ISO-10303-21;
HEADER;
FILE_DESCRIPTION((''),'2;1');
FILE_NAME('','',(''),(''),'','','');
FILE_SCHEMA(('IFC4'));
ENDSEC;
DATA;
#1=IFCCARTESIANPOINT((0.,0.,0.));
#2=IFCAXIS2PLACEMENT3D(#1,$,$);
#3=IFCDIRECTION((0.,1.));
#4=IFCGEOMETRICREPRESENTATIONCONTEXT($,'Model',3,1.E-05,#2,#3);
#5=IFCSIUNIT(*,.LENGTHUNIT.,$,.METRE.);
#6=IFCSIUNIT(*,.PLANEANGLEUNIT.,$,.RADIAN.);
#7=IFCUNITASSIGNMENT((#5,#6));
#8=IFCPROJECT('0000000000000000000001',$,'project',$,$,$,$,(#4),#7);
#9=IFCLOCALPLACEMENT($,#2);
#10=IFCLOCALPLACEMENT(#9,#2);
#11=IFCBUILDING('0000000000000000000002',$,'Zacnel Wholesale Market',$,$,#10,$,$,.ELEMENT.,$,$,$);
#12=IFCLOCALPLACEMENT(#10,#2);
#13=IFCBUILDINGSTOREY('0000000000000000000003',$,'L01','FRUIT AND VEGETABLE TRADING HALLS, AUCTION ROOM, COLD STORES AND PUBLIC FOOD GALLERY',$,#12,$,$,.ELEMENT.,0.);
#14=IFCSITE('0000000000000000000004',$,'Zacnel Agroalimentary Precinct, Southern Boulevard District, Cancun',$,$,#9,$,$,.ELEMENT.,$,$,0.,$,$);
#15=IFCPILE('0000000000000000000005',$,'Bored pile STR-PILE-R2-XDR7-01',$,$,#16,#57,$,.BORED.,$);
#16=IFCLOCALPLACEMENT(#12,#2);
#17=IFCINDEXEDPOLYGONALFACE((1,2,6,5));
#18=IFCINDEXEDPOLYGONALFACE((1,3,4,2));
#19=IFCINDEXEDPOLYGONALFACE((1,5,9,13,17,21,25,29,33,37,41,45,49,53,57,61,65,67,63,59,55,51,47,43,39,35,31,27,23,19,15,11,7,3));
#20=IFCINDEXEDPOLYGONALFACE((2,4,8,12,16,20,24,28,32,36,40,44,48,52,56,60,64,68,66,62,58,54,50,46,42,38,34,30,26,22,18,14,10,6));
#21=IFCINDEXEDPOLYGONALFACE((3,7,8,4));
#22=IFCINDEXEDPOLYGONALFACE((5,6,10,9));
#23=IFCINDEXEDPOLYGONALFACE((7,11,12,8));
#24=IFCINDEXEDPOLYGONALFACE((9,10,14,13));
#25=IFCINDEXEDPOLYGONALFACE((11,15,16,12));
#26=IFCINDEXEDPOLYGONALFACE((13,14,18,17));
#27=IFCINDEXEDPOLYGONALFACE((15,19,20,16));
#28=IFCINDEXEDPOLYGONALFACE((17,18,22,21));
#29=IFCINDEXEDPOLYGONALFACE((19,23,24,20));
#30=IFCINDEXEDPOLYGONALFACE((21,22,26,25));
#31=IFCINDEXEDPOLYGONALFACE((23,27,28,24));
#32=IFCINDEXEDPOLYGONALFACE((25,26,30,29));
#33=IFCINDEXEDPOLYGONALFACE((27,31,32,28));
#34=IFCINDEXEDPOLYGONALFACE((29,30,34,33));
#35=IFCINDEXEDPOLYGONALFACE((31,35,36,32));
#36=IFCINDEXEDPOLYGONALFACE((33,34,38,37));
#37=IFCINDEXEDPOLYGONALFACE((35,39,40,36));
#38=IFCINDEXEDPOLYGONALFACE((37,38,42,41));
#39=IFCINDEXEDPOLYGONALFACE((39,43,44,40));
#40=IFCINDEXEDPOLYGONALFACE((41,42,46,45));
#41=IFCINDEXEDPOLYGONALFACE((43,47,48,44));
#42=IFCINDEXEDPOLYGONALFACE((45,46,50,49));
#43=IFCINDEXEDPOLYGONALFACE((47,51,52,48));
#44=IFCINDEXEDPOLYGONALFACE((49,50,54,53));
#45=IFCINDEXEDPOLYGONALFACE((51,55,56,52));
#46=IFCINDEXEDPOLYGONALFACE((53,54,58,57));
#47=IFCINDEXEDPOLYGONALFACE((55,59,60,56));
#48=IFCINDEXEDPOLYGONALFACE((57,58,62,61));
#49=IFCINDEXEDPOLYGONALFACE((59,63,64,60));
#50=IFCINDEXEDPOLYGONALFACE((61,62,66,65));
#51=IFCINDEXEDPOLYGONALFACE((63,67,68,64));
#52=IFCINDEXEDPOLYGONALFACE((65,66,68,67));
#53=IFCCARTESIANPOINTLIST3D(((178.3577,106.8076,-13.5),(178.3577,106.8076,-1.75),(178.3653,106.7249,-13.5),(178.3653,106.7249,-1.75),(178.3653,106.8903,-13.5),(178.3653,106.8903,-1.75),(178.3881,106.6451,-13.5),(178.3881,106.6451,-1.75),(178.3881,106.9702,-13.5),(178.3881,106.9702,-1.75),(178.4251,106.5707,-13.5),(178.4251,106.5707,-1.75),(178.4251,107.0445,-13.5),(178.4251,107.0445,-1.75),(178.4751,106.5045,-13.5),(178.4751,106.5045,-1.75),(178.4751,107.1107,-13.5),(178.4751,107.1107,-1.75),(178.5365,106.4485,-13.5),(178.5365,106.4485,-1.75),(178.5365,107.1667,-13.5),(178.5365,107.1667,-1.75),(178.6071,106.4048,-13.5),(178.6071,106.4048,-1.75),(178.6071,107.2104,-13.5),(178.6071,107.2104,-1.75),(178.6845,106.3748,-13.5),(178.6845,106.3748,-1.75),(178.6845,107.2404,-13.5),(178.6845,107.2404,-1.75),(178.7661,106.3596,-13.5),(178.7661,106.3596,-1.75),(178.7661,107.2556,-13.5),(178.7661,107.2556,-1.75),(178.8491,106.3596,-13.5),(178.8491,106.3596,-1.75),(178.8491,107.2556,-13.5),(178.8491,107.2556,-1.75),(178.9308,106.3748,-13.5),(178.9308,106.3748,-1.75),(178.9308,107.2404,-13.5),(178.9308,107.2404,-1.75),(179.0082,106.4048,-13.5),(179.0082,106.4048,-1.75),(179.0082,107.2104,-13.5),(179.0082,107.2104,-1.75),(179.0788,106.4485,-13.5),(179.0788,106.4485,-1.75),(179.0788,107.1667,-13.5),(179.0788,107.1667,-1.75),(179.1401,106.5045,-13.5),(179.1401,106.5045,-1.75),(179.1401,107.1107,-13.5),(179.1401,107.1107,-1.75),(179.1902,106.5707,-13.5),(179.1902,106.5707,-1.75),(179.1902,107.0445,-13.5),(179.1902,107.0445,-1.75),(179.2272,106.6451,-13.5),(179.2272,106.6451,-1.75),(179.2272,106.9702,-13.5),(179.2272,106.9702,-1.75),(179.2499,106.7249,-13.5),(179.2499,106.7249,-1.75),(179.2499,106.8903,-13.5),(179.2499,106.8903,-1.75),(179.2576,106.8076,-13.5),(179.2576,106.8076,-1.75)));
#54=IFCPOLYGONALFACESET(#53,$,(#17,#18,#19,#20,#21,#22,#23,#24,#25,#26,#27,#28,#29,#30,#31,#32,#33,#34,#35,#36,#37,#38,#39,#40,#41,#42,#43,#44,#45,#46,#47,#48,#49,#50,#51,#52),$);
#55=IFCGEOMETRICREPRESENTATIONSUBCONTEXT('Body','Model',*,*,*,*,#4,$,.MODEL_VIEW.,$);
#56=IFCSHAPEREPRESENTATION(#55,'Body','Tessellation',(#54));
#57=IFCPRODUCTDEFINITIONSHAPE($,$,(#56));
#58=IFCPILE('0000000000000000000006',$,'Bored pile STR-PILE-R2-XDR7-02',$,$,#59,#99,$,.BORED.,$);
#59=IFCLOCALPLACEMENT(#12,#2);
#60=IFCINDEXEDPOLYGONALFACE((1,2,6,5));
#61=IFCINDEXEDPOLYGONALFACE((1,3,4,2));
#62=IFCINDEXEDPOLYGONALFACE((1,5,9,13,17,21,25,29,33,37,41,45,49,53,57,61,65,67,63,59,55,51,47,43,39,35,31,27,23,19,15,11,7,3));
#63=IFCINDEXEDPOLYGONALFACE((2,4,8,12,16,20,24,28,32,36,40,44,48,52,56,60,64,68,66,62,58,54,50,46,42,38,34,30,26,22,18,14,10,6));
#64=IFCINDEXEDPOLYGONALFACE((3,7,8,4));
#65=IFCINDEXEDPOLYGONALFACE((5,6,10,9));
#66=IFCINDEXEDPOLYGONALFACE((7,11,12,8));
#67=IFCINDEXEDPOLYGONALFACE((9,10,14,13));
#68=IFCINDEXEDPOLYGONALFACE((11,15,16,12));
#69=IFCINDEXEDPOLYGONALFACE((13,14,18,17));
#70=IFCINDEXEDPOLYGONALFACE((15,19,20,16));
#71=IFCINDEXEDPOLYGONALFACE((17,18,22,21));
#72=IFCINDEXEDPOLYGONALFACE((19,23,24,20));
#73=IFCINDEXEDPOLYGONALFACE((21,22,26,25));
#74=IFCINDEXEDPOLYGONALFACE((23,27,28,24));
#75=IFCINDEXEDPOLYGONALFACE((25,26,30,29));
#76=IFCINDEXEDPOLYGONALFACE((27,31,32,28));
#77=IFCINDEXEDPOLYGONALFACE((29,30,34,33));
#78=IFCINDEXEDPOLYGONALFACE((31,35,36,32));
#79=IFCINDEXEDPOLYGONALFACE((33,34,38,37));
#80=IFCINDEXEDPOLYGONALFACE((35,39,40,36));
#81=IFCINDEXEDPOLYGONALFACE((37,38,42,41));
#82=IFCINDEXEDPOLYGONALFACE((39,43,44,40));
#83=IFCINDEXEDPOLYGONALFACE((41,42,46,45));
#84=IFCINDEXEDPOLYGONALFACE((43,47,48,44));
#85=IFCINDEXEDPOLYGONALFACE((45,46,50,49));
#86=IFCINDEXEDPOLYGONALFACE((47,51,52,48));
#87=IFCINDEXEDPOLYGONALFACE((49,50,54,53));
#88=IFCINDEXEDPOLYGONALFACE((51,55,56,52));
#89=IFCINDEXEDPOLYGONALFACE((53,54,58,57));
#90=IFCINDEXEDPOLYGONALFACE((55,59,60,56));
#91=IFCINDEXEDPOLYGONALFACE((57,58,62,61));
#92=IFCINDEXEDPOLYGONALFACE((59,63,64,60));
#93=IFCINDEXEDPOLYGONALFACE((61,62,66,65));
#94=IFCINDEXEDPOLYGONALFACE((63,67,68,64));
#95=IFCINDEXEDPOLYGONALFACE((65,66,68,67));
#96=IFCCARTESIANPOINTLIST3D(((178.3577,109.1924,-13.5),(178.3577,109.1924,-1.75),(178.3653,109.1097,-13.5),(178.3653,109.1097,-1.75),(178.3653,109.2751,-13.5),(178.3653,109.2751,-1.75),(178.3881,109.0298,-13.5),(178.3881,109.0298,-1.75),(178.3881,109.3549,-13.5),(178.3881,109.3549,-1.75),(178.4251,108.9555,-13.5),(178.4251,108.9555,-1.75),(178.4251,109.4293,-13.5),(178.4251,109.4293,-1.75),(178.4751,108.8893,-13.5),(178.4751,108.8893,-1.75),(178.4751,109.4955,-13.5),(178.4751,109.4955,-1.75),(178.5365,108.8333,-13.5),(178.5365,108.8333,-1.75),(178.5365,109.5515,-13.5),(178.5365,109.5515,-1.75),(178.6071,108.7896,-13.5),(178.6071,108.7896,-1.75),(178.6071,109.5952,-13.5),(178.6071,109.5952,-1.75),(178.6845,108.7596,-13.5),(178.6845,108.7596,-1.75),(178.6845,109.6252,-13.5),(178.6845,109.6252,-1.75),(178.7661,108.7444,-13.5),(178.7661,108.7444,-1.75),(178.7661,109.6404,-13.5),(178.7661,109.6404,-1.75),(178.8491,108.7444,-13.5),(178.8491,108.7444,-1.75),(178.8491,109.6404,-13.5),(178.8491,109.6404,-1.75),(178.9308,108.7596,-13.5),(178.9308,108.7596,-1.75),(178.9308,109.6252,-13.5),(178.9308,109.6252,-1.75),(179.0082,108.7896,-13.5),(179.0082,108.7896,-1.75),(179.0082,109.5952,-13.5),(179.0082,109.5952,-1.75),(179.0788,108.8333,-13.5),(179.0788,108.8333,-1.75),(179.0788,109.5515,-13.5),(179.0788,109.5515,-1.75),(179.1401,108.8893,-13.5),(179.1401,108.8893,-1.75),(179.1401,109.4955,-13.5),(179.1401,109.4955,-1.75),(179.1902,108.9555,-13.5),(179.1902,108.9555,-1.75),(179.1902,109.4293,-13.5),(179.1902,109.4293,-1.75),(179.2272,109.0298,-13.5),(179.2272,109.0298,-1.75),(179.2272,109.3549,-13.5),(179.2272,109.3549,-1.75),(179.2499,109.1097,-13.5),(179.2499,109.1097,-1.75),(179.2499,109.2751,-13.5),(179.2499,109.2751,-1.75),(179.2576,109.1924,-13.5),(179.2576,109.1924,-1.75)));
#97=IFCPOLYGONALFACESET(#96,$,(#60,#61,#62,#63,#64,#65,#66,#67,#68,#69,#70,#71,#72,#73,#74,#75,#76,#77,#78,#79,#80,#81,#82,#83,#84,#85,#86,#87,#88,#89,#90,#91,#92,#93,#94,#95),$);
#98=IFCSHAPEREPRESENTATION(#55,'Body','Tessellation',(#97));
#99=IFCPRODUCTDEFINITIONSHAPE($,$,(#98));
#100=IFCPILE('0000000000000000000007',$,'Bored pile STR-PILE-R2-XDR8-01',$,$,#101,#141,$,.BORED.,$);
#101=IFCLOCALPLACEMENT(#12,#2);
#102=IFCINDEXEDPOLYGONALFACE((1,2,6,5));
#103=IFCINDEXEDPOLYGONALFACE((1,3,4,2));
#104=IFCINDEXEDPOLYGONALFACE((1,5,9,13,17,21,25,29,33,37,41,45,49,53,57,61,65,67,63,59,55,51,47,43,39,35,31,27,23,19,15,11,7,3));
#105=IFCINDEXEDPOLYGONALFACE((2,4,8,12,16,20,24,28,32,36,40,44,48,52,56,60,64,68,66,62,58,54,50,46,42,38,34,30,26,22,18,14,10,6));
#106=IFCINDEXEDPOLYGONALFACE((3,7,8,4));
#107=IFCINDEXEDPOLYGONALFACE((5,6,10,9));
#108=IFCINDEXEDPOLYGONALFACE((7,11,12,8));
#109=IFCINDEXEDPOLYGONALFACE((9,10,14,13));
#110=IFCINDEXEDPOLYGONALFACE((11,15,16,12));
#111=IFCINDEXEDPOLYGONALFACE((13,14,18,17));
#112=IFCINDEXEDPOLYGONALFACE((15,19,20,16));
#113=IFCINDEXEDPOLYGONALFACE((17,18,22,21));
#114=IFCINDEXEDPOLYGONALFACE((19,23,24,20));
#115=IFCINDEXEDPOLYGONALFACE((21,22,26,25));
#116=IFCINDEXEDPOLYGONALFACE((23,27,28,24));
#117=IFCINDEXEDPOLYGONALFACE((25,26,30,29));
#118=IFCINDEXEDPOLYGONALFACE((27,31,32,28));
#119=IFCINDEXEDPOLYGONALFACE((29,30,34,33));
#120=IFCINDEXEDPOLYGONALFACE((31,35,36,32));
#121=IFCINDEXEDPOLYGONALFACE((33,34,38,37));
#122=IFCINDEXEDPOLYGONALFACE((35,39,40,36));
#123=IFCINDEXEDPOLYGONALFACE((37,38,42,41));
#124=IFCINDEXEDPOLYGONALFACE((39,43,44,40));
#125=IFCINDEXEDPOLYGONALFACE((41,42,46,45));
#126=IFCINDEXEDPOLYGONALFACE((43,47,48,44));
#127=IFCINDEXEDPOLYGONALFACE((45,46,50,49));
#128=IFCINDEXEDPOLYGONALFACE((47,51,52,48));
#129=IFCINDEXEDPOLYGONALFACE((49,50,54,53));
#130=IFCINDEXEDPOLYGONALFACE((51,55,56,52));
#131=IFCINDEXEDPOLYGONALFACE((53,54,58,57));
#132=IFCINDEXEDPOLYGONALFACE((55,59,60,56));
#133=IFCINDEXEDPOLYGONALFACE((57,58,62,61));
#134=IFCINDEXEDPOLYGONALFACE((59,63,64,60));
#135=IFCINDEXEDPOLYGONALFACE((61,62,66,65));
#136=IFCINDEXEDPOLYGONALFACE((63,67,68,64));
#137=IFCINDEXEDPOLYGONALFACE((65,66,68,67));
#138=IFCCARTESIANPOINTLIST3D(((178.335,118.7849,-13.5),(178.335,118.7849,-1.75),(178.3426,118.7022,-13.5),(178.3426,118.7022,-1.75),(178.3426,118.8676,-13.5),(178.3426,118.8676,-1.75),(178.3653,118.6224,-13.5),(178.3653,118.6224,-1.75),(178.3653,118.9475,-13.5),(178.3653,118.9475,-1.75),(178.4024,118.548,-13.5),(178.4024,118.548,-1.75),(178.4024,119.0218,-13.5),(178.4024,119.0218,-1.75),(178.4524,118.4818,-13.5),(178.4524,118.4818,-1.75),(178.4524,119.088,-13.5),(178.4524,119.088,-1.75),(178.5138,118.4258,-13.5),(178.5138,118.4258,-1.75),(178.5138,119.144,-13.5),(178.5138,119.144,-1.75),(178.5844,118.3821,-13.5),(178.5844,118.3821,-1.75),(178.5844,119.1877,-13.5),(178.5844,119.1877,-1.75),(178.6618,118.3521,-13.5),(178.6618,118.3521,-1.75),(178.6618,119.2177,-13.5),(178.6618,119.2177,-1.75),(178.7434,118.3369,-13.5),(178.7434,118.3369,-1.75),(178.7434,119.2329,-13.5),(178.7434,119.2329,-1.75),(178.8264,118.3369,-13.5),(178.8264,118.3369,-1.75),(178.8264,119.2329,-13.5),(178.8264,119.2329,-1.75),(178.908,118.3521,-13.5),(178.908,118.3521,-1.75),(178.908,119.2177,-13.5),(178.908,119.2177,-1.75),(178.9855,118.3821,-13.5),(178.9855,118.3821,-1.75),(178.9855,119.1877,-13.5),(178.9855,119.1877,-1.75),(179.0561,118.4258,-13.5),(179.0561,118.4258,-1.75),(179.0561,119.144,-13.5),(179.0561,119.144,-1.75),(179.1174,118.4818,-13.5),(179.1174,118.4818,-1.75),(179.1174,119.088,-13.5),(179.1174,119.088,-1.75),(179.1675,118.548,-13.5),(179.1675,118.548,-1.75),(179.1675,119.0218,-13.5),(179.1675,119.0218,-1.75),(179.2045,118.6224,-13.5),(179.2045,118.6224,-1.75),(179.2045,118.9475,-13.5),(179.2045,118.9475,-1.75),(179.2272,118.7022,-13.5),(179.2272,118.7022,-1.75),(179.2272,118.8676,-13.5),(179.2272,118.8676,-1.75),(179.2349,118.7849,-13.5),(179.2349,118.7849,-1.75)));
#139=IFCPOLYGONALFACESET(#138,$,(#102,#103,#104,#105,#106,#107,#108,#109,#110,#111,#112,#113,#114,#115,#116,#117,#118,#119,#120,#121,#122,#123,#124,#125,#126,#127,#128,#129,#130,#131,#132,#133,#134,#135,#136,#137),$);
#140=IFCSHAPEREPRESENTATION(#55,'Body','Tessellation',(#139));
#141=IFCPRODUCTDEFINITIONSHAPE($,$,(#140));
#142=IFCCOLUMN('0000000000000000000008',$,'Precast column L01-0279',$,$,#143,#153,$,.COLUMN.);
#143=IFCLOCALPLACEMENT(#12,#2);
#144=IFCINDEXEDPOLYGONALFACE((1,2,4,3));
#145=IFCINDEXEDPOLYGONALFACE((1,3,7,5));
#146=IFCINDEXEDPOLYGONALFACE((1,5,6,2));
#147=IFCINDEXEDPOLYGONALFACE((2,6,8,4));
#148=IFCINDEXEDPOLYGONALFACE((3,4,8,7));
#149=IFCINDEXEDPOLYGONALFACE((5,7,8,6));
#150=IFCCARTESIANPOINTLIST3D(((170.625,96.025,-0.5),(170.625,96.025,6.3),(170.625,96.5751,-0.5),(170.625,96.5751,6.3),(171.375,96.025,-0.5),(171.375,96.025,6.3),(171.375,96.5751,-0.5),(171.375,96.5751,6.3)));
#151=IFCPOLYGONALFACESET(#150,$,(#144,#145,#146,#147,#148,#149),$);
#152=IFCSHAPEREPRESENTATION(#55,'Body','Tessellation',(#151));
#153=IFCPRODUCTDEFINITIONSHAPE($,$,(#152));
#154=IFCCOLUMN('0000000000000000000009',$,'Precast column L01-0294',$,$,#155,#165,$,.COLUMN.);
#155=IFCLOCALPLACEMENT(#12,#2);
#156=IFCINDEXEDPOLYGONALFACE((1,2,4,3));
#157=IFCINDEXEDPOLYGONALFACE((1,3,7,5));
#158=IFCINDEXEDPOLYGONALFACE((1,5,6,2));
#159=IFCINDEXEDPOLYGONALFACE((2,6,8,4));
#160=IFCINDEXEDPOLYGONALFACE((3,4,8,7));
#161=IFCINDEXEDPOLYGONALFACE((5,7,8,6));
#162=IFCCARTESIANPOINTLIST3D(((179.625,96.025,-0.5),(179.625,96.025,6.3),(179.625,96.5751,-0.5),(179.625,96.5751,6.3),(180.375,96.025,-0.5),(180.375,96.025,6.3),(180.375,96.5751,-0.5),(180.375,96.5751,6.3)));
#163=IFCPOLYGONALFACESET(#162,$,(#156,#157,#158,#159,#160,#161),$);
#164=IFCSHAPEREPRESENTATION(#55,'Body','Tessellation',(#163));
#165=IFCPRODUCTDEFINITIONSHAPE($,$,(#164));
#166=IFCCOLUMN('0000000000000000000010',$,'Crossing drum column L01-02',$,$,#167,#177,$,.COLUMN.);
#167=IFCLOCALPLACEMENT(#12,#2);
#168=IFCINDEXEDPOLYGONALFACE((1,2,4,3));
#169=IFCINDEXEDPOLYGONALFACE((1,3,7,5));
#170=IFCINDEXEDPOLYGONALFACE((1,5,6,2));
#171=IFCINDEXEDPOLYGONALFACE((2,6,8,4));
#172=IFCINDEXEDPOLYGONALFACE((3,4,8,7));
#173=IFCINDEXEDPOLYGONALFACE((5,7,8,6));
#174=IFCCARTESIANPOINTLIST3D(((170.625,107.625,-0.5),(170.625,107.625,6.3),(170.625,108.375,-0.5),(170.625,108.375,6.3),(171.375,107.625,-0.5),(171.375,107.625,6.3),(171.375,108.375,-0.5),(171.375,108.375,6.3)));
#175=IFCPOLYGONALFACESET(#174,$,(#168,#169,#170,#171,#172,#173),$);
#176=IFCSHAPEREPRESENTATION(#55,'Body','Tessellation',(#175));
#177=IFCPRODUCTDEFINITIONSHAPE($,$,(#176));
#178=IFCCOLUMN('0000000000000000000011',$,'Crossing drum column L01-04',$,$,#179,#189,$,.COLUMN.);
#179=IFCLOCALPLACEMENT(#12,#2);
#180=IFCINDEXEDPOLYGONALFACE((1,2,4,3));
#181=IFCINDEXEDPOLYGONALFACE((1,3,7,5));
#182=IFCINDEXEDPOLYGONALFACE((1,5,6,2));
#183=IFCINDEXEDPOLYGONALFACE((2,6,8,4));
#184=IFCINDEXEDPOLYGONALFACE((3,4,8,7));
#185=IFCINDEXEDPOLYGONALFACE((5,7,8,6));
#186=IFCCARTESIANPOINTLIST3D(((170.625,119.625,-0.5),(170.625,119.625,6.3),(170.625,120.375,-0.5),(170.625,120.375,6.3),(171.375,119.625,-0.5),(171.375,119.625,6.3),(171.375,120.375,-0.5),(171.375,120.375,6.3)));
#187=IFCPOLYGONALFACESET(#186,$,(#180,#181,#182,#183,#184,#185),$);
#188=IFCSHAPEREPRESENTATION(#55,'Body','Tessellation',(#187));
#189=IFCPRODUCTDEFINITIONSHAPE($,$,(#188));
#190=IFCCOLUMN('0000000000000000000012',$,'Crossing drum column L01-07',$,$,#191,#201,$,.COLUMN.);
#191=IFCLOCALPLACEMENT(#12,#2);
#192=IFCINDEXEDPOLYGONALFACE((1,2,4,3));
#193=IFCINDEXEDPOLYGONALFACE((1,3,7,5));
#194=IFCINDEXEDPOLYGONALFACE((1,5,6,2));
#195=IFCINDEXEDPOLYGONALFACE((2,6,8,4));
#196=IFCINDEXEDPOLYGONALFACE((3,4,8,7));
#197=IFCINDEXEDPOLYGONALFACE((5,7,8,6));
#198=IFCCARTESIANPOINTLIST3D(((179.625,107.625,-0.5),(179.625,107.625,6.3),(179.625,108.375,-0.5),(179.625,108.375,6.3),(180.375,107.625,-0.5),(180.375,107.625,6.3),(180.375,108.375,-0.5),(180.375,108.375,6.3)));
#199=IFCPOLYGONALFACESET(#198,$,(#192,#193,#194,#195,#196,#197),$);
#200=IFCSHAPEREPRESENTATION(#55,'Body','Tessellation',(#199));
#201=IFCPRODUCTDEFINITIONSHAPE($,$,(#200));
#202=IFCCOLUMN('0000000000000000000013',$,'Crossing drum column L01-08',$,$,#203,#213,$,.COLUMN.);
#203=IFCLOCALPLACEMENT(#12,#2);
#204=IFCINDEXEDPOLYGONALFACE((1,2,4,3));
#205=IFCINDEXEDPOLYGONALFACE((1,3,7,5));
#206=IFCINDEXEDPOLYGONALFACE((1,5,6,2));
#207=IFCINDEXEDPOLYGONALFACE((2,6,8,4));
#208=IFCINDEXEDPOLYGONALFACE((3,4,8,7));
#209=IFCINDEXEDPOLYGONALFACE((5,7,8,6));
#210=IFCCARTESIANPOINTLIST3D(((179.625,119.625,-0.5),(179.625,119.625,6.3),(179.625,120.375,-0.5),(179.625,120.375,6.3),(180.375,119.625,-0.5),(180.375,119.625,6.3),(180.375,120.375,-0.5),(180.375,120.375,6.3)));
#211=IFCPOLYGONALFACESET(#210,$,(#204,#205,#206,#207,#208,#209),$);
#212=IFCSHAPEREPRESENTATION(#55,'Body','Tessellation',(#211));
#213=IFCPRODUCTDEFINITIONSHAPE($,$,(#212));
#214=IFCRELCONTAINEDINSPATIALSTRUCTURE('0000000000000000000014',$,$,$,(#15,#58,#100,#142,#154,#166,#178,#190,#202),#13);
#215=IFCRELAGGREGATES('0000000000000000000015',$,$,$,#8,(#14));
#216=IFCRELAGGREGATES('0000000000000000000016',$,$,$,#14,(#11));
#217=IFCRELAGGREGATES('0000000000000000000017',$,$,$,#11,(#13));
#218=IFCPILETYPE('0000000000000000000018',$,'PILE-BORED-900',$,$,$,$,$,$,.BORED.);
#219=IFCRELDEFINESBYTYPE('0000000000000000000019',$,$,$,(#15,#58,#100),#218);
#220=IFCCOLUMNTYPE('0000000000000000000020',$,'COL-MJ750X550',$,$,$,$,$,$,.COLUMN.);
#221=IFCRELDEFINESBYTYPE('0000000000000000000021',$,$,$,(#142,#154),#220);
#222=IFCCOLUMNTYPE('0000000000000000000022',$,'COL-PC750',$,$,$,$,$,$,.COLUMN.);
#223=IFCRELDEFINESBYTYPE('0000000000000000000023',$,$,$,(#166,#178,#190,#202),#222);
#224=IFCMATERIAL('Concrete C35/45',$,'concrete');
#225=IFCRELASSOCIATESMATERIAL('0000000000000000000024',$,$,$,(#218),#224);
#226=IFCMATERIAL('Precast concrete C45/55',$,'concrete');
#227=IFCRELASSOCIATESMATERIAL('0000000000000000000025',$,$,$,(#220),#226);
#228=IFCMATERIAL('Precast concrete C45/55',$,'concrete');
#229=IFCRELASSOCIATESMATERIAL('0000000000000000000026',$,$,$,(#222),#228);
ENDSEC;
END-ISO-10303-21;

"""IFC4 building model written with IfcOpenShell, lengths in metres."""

from ifc_helpers import new_model, si_unit, direction, frame, origin, origin_2d, place, context, subcontext, project, spatial, rectangle, circle, extrude, material, material_profile, profile_set, type_object, element, save


model = new_model("IFC4")

# Units and contexts
model_context = context("Model", 3, precision=1e-05, world=origin(), true_north=direction((0.0, 1.0)))
body_context = subcontext(model_context, "Body", "Model", "MODEL_VIEW")
ifc_project = project(units=[si_unit("LENGTHUNIT", "METRE"), si_unit("PLANEANGLEUNIT", "RADIAN")], contexts=[model_context])

# Site, building, storey
site_placement = place(None, origin())
site = spatial("IfcSite", under=ifc_project, at=site_placement, Name="Zacnel Agroalimentary Precinct, Southern Boulevard District, Cancun", CompositionType="ELEMENT", RefElevation=0.0)
building_placement = place(site_placement, origin())
building = spatial("IfcBuilding", under=site, at=building_placement, Name="Zacnel Wholesale Market", CompositionType="ELEMENT")
storey_placement = place(building_placement, origin())
storey = spatial("IfcBuildingStorey", under=building, at=storey_placement, Name="L01", Description="FRUIT AND VEGETABLE TRADING HALLS, AUCTION ROOM, COLD STORES AND PUBLIC FOOD GALLERY", CompositionType="ELEMENT", Elevation=0.0)

# Piles
ifc_material_1 = material(Name="Concrete C35/45", Category="concrete")
ifc_material_profile_1 = material_profile(ifc_material_1, circle(Radius=0.45, at=origin_2d()), Name="BORED PILE D900")
ifc_profile_set_1 = profile_set([ifc_material_profile_1], Name="Concrete C35/45")
pile_type_1 = type_object("IfcPileType", Name="PILE-BORED-900", PredefinedType="BORED", material=ifc_profile_set_1)
for number, where, z_axis, x_axis, name in (
    (1, (178.8076, 106.8076, -1.75), (0.0, 0.0, -1.0), (1.0, 0.0, 0.0), "Bored pile STR-PILE-R2-XDR7-01"),
    (2, (178.8076, 109.1924, -1.75), (0.0, 0.0, -1.0), (1.0, 0.0, 0.0), "Bored pile STR-PILE-R2-XDR7-02"),
    (3, (178.7849, 118.7849, -1.75), (0.0, 0.0, -1.0), (1.0, 0.0, 0.0), "Bored pile STR-PILE-R2-XDR8-01"),
):
    element("IfcPile", number, at=place(storey_placement, frame(where, z_axis=z_axis, x_axis=x_axis)), inside=storey, type_object=pile_type_1, Name=name, PredefinedType="BORED", context=body_context, shape_type="SweptSolid", body=[
        extrude(circle(Radius=0.45, at=origin_2d()), origin(), (0.0, 0.0, 1.0), 11.75),
    ])

# Columns
ifc_material_2 = material(Name="Precast concrete C45/55", Category="concrete")
ifc_material_profile_2 = material_profile(ifc_material_2, rectangle(XDim=0.75, YDim=0.55, at=origin_2d()), Name="PC 750x550")
ifc_profile_set_2 = profile_set([ifc_material_profile_2], Name="Precast concrete C45/55")
column_type_1 = type_object("IfcColumnType", Name="COL-MJ750X550", PredefinedType="COLUMN", material=ifc_profile_set_2)
for number, where, z_axis, x_axis, name in (
    (4, (171.0, 96.3, -0.5), (0.0, 0.0, 1.0), (1.0, 0.0, 0.0), "Precast column L01-0279"),
    (5, (180.0, 96.3, -0.5), (0.0, 0.0, 1.0), (1.0, 0.0, 0.0), "Precast column L01-0294"),
):
    element("IfcColumn", number, at=place(storey_placement, frame(where, z_axis=z_axis, x_axis=x_axis)), inside=storey, type_object=column_type_1, Name=name, PredefinedType="COLUMN", context=body_context, shape_type="SweptSolid", body=[
        extrude(rectangle(XDim=0.75, YDim=0.55, at=origin_2d()), origin(), (0.0, 0.0, 1.0), 6.8),
    ])
ifc_material_3 = material(Name="Precast concrete C45/55", Category="concrete")
ifc_material_profile_3 = material_profile(ifc_material_3, rectangle(XDim=0.75, YDim=0.75, at=origin_2d()), Name="PC 750x750")
ifc_profile_set_3 = profile_set([ifc_material_profile_3], Name="Precast concrete C45/55")
column_type_2 = type_object("IfcColumnType", Name="COL-PC750", PredefinedType="COLUMN", material=ifc_profile_set_3)
for number, where, z_axis, x_axis, name in (
    (6, (171.0, 108.0, -0.5), (0.0, 0.0, 1.0), (1.0, 0.0, 0.0), "Crossing drum column L01-02"),
    (7, (171.0, 120.0, -0.5), (0.0, 0.0, 1.0), (1.0, 0.0, 0.0), "Crossing drum column L01-04"),
    (8, (180.0, 108.0, -0.5), (0.0, 0.0, 1.0), (1.0, 0.0, 0.0), "Crossing drum column L01-07"),
    (9, (180.0, 120.0, -0.5), (0.0, 0.0, 1.0), (1.0, 0.0, 0.0), "Crossing drum column L01-08"),
):
    element("IfcColumn", number, at=place(storey_placement, frame(where, z_axis=z_axis, x_axis=x_axis)), inside=storey, type_object=column_type_2, Name=name, PredefinedType="COLUMN", context=body_context, shape_type="SweptSolid", body=[
        extrude(rectangle(XDim=0.75, YDim=0.75, at=origin_2d()), origin(), (0.0, 0.0, 1.0), 6.8),
    ])

save(model, "model.ifc")
